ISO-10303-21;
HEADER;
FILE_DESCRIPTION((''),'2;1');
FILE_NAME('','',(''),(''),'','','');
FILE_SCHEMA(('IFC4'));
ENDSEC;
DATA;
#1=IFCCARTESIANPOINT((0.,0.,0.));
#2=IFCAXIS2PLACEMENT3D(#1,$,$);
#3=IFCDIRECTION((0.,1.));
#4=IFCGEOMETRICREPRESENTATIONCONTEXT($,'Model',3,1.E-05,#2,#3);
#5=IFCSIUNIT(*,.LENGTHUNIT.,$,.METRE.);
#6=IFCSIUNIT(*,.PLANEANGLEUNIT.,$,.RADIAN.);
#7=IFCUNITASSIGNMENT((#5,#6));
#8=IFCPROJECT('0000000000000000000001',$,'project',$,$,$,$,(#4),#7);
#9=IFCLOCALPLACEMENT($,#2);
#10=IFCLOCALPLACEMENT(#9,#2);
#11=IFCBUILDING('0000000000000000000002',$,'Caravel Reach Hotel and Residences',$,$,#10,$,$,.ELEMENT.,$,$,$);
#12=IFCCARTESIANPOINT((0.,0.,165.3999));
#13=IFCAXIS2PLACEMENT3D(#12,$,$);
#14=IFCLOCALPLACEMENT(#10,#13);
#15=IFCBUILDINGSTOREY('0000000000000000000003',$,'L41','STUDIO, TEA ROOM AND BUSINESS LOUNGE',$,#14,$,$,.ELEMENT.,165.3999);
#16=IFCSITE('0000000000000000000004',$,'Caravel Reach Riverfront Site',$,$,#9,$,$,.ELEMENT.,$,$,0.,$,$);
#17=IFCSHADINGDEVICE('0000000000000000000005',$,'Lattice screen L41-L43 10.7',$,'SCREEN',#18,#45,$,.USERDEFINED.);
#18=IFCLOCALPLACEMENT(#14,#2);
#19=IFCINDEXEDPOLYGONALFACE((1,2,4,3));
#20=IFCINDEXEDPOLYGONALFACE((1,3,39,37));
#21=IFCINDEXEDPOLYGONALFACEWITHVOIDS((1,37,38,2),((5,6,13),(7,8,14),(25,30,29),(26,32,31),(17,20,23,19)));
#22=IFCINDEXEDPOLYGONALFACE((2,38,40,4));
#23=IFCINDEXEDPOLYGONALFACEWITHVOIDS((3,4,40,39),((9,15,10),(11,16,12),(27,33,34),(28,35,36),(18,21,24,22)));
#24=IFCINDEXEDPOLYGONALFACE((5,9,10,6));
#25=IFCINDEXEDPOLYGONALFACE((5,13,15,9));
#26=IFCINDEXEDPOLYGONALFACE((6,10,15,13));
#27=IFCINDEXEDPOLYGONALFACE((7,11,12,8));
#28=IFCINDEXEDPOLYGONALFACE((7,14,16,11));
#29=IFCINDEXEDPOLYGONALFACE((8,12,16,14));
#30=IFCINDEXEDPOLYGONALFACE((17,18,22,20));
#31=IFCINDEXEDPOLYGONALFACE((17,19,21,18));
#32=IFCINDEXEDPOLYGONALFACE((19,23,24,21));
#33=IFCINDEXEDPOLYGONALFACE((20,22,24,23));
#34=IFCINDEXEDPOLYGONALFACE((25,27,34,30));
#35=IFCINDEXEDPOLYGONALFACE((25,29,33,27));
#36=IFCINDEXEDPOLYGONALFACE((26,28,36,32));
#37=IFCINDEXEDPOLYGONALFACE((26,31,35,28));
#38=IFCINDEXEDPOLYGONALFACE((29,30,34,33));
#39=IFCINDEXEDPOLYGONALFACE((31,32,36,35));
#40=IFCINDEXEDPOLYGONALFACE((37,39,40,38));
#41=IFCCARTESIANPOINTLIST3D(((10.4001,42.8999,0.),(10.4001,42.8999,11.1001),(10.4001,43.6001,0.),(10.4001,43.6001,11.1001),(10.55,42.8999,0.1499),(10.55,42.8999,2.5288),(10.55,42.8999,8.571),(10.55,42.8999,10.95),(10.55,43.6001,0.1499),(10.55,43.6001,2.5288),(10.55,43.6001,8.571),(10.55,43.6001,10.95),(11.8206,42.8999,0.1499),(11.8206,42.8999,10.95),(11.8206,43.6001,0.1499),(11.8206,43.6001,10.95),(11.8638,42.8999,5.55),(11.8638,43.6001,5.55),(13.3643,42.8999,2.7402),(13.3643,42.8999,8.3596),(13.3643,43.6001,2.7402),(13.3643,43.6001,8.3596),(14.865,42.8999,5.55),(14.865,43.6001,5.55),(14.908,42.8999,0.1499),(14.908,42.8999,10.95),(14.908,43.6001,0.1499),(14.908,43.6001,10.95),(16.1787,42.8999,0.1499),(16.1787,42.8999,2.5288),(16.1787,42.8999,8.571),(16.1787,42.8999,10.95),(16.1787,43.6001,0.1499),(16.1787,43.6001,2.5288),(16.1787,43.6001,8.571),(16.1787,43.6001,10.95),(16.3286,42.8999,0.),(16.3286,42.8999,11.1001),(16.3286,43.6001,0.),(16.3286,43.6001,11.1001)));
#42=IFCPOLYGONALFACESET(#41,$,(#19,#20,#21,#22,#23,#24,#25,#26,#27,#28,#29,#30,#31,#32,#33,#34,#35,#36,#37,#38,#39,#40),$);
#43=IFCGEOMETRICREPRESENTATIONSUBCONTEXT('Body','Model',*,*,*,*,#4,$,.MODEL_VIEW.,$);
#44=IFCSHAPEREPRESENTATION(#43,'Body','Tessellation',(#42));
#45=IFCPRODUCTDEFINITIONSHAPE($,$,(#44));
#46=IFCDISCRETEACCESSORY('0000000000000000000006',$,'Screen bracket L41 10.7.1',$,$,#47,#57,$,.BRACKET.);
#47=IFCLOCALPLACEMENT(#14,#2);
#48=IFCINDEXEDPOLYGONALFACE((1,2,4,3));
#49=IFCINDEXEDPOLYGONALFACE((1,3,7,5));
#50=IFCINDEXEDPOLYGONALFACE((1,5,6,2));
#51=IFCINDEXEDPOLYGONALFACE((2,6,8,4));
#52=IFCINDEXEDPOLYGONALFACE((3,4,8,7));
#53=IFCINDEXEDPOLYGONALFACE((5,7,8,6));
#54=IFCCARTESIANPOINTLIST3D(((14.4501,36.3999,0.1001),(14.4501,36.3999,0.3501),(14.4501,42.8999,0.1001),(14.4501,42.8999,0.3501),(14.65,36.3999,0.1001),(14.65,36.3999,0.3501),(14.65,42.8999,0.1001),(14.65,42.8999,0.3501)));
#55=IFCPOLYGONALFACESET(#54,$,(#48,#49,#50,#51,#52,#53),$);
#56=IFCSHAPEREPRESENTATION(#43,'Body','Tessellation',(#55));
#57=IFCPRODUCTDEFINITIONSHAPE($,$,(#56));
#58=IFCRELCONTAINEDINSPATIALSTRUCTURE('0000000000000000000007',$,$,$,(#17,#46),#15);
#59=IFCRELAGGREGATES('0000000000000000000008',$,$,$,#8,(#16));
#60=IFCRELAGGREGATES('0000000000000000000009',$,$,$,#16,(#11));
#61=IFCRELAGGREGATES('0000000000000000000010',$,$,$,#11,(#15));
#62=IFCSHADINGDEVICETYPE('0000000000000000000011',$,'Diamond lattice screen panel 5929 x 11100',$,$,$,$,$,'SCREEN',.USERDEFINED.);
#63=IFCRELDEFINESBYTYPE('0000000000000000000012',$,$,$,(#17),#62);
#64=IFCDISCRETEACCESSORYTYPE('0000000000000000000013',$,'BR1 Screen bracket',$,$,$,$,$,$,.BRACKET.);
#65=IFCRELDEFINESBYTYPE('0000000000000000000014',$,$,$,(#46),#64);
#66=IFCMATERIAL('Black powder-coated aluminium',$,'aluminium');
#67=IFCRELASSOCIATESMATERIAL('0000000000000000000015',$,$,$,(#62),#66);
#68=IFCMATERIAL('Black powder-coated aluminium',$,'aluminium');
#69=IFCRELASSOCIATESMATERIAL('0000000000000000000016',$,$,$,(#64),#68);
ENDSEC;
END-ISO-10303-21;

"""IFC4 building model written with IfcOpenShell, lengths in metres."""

from ifc_helpers import new_model, si_unit, direction, frame, origin, origin_2d, place, context, subcontext, project, spatial, polyline, rectangle, outline, extrude, material, type_object, element, save


model = new_model("IFC4")

# Units and contexts
model_context = context("Model", 3, precision=1e-05, world=origin(), true_north=direction((0.0, 1.0)))
body_context = subcontext(model_context, "Body", "Model", "MODEL_VIEW")
ifc_project = project(units=[si_unit("LENGTHUNIT", "METRE"), si_unit("PLANEANGLEUNIT", "RADIAN")], contexts=[model_context])

# Site, building, storey
site_placement = place(None, origin())
site = spatial("IfcSite", under=ifc_project, at=site_placement, Name="Caravel Reach Riverfront Site", CompositionType="ELEMENT", RefElevation=0.0)
building_placement = place(site_placement, origin())
building = spatial("IfcBuilding", under=site, at=building_placement, Name="Caravel Reach Hotel and Residences", CompositionType="ELEMENT")
storey_placement = place(building_placement, frame((0.0, 0.0, 165.3999)))
storey = spatial("IfcBuildingStorey", under=building, at=storey_placement, Name="L41", Description="STUDIO, TEA ROOM AND BUSINESS LOUNGE", CompositionType="ELEMENT", Elevation=165.3999)

# Shading device
ifc_material_1 = material(Name="Black powder-coated aluminium", Category="aluminium")
shading_device_type = type_object("IfcShadingDeviceType", Name="Diamond lattice screen panel 5929 x 11100", ElementType="SCREEN", PredefinedType="USERDEFINED", material=ifc_material_1)
shading_device_placement = place(storey_placement, frame((16.3286, 42.8999, 0.0), z_axis=(0.0, 1.0, 0.0), x_axis=(-1.0, 0.0, 0.0)))
element("IfcShadingDevice", 1, at=shading_device_placement, inside=storey, type_object=shading_device_type, Name="Lattice screen L41-L43 10.7", ObjectType="SCREEN", PredefinedType="USERDEFINED", context=body_context, shape_type="SweptSolid", body=[
    extrude(outline(polyline([(0.0, 0.0), (5.9285, 0.0), (5.9285, 11.1001), (0.0, 11.1001), (0.0, 0.0)]), holes=[polyline([(1.4207, 0.1499), (0.1499, 2.5288), (0.1499, 0.1499), (1.4207, 0.1499)]), polyline([(0.1499, 8.571), (1.4207, 10.95), (0.1499, 10.95), (0.1499, 8.571)]), polyline([(2.9644, 8.3596), (1.4636, 5.55), (2.9644, 2.7402), (4.4648, 5.55), (2.9644, 8.3596)]), polyline([(5.7786, 2.5288), (4.5081, 0.1499), (5.7786, 0.1499), (5.7786, 2.5288)]), polyline([(4.5081, 10.95), (5.7786, 8.571), (5.7786, 10.95), (4.5081, 10.95)])]), origin(), (0.0, 0.0, 1.0), 0.7002),
])

# Discrete accessory
ifc_material_2 = material(Name="Black powder-coated aluminium", Category="aluminium")
discrete_accessory_type = type_object("IfcDiscreteAccessoryType", Name="BR1 Screen bracket", PredefinedType="BRACKET", material=ifc_material_2)
discrete_accessory_placement = place(storey_placement, frame((14.55, 39.6499, 0.1001), z_axis=(0.0, 0.0, 1.0), x_axis=(0.0, 1.0, 0.0)))
element("IfcDiscreteAccessory", 2, at=discrete_accessory_placement, inside=storey, type_object=discrete_accessory_type, Name="Screen bracket L41 10.7.1", PredefinedType="BRACKET", context=body_context, shape_type="SweptSolid", body=[
    extrude(rectangle(XDim=6.5, YDim=0.2, at=origin_2d()), origin(), (0.0, 0.0, 1.0), 0.25),
])

save(model, "model.ifc")
